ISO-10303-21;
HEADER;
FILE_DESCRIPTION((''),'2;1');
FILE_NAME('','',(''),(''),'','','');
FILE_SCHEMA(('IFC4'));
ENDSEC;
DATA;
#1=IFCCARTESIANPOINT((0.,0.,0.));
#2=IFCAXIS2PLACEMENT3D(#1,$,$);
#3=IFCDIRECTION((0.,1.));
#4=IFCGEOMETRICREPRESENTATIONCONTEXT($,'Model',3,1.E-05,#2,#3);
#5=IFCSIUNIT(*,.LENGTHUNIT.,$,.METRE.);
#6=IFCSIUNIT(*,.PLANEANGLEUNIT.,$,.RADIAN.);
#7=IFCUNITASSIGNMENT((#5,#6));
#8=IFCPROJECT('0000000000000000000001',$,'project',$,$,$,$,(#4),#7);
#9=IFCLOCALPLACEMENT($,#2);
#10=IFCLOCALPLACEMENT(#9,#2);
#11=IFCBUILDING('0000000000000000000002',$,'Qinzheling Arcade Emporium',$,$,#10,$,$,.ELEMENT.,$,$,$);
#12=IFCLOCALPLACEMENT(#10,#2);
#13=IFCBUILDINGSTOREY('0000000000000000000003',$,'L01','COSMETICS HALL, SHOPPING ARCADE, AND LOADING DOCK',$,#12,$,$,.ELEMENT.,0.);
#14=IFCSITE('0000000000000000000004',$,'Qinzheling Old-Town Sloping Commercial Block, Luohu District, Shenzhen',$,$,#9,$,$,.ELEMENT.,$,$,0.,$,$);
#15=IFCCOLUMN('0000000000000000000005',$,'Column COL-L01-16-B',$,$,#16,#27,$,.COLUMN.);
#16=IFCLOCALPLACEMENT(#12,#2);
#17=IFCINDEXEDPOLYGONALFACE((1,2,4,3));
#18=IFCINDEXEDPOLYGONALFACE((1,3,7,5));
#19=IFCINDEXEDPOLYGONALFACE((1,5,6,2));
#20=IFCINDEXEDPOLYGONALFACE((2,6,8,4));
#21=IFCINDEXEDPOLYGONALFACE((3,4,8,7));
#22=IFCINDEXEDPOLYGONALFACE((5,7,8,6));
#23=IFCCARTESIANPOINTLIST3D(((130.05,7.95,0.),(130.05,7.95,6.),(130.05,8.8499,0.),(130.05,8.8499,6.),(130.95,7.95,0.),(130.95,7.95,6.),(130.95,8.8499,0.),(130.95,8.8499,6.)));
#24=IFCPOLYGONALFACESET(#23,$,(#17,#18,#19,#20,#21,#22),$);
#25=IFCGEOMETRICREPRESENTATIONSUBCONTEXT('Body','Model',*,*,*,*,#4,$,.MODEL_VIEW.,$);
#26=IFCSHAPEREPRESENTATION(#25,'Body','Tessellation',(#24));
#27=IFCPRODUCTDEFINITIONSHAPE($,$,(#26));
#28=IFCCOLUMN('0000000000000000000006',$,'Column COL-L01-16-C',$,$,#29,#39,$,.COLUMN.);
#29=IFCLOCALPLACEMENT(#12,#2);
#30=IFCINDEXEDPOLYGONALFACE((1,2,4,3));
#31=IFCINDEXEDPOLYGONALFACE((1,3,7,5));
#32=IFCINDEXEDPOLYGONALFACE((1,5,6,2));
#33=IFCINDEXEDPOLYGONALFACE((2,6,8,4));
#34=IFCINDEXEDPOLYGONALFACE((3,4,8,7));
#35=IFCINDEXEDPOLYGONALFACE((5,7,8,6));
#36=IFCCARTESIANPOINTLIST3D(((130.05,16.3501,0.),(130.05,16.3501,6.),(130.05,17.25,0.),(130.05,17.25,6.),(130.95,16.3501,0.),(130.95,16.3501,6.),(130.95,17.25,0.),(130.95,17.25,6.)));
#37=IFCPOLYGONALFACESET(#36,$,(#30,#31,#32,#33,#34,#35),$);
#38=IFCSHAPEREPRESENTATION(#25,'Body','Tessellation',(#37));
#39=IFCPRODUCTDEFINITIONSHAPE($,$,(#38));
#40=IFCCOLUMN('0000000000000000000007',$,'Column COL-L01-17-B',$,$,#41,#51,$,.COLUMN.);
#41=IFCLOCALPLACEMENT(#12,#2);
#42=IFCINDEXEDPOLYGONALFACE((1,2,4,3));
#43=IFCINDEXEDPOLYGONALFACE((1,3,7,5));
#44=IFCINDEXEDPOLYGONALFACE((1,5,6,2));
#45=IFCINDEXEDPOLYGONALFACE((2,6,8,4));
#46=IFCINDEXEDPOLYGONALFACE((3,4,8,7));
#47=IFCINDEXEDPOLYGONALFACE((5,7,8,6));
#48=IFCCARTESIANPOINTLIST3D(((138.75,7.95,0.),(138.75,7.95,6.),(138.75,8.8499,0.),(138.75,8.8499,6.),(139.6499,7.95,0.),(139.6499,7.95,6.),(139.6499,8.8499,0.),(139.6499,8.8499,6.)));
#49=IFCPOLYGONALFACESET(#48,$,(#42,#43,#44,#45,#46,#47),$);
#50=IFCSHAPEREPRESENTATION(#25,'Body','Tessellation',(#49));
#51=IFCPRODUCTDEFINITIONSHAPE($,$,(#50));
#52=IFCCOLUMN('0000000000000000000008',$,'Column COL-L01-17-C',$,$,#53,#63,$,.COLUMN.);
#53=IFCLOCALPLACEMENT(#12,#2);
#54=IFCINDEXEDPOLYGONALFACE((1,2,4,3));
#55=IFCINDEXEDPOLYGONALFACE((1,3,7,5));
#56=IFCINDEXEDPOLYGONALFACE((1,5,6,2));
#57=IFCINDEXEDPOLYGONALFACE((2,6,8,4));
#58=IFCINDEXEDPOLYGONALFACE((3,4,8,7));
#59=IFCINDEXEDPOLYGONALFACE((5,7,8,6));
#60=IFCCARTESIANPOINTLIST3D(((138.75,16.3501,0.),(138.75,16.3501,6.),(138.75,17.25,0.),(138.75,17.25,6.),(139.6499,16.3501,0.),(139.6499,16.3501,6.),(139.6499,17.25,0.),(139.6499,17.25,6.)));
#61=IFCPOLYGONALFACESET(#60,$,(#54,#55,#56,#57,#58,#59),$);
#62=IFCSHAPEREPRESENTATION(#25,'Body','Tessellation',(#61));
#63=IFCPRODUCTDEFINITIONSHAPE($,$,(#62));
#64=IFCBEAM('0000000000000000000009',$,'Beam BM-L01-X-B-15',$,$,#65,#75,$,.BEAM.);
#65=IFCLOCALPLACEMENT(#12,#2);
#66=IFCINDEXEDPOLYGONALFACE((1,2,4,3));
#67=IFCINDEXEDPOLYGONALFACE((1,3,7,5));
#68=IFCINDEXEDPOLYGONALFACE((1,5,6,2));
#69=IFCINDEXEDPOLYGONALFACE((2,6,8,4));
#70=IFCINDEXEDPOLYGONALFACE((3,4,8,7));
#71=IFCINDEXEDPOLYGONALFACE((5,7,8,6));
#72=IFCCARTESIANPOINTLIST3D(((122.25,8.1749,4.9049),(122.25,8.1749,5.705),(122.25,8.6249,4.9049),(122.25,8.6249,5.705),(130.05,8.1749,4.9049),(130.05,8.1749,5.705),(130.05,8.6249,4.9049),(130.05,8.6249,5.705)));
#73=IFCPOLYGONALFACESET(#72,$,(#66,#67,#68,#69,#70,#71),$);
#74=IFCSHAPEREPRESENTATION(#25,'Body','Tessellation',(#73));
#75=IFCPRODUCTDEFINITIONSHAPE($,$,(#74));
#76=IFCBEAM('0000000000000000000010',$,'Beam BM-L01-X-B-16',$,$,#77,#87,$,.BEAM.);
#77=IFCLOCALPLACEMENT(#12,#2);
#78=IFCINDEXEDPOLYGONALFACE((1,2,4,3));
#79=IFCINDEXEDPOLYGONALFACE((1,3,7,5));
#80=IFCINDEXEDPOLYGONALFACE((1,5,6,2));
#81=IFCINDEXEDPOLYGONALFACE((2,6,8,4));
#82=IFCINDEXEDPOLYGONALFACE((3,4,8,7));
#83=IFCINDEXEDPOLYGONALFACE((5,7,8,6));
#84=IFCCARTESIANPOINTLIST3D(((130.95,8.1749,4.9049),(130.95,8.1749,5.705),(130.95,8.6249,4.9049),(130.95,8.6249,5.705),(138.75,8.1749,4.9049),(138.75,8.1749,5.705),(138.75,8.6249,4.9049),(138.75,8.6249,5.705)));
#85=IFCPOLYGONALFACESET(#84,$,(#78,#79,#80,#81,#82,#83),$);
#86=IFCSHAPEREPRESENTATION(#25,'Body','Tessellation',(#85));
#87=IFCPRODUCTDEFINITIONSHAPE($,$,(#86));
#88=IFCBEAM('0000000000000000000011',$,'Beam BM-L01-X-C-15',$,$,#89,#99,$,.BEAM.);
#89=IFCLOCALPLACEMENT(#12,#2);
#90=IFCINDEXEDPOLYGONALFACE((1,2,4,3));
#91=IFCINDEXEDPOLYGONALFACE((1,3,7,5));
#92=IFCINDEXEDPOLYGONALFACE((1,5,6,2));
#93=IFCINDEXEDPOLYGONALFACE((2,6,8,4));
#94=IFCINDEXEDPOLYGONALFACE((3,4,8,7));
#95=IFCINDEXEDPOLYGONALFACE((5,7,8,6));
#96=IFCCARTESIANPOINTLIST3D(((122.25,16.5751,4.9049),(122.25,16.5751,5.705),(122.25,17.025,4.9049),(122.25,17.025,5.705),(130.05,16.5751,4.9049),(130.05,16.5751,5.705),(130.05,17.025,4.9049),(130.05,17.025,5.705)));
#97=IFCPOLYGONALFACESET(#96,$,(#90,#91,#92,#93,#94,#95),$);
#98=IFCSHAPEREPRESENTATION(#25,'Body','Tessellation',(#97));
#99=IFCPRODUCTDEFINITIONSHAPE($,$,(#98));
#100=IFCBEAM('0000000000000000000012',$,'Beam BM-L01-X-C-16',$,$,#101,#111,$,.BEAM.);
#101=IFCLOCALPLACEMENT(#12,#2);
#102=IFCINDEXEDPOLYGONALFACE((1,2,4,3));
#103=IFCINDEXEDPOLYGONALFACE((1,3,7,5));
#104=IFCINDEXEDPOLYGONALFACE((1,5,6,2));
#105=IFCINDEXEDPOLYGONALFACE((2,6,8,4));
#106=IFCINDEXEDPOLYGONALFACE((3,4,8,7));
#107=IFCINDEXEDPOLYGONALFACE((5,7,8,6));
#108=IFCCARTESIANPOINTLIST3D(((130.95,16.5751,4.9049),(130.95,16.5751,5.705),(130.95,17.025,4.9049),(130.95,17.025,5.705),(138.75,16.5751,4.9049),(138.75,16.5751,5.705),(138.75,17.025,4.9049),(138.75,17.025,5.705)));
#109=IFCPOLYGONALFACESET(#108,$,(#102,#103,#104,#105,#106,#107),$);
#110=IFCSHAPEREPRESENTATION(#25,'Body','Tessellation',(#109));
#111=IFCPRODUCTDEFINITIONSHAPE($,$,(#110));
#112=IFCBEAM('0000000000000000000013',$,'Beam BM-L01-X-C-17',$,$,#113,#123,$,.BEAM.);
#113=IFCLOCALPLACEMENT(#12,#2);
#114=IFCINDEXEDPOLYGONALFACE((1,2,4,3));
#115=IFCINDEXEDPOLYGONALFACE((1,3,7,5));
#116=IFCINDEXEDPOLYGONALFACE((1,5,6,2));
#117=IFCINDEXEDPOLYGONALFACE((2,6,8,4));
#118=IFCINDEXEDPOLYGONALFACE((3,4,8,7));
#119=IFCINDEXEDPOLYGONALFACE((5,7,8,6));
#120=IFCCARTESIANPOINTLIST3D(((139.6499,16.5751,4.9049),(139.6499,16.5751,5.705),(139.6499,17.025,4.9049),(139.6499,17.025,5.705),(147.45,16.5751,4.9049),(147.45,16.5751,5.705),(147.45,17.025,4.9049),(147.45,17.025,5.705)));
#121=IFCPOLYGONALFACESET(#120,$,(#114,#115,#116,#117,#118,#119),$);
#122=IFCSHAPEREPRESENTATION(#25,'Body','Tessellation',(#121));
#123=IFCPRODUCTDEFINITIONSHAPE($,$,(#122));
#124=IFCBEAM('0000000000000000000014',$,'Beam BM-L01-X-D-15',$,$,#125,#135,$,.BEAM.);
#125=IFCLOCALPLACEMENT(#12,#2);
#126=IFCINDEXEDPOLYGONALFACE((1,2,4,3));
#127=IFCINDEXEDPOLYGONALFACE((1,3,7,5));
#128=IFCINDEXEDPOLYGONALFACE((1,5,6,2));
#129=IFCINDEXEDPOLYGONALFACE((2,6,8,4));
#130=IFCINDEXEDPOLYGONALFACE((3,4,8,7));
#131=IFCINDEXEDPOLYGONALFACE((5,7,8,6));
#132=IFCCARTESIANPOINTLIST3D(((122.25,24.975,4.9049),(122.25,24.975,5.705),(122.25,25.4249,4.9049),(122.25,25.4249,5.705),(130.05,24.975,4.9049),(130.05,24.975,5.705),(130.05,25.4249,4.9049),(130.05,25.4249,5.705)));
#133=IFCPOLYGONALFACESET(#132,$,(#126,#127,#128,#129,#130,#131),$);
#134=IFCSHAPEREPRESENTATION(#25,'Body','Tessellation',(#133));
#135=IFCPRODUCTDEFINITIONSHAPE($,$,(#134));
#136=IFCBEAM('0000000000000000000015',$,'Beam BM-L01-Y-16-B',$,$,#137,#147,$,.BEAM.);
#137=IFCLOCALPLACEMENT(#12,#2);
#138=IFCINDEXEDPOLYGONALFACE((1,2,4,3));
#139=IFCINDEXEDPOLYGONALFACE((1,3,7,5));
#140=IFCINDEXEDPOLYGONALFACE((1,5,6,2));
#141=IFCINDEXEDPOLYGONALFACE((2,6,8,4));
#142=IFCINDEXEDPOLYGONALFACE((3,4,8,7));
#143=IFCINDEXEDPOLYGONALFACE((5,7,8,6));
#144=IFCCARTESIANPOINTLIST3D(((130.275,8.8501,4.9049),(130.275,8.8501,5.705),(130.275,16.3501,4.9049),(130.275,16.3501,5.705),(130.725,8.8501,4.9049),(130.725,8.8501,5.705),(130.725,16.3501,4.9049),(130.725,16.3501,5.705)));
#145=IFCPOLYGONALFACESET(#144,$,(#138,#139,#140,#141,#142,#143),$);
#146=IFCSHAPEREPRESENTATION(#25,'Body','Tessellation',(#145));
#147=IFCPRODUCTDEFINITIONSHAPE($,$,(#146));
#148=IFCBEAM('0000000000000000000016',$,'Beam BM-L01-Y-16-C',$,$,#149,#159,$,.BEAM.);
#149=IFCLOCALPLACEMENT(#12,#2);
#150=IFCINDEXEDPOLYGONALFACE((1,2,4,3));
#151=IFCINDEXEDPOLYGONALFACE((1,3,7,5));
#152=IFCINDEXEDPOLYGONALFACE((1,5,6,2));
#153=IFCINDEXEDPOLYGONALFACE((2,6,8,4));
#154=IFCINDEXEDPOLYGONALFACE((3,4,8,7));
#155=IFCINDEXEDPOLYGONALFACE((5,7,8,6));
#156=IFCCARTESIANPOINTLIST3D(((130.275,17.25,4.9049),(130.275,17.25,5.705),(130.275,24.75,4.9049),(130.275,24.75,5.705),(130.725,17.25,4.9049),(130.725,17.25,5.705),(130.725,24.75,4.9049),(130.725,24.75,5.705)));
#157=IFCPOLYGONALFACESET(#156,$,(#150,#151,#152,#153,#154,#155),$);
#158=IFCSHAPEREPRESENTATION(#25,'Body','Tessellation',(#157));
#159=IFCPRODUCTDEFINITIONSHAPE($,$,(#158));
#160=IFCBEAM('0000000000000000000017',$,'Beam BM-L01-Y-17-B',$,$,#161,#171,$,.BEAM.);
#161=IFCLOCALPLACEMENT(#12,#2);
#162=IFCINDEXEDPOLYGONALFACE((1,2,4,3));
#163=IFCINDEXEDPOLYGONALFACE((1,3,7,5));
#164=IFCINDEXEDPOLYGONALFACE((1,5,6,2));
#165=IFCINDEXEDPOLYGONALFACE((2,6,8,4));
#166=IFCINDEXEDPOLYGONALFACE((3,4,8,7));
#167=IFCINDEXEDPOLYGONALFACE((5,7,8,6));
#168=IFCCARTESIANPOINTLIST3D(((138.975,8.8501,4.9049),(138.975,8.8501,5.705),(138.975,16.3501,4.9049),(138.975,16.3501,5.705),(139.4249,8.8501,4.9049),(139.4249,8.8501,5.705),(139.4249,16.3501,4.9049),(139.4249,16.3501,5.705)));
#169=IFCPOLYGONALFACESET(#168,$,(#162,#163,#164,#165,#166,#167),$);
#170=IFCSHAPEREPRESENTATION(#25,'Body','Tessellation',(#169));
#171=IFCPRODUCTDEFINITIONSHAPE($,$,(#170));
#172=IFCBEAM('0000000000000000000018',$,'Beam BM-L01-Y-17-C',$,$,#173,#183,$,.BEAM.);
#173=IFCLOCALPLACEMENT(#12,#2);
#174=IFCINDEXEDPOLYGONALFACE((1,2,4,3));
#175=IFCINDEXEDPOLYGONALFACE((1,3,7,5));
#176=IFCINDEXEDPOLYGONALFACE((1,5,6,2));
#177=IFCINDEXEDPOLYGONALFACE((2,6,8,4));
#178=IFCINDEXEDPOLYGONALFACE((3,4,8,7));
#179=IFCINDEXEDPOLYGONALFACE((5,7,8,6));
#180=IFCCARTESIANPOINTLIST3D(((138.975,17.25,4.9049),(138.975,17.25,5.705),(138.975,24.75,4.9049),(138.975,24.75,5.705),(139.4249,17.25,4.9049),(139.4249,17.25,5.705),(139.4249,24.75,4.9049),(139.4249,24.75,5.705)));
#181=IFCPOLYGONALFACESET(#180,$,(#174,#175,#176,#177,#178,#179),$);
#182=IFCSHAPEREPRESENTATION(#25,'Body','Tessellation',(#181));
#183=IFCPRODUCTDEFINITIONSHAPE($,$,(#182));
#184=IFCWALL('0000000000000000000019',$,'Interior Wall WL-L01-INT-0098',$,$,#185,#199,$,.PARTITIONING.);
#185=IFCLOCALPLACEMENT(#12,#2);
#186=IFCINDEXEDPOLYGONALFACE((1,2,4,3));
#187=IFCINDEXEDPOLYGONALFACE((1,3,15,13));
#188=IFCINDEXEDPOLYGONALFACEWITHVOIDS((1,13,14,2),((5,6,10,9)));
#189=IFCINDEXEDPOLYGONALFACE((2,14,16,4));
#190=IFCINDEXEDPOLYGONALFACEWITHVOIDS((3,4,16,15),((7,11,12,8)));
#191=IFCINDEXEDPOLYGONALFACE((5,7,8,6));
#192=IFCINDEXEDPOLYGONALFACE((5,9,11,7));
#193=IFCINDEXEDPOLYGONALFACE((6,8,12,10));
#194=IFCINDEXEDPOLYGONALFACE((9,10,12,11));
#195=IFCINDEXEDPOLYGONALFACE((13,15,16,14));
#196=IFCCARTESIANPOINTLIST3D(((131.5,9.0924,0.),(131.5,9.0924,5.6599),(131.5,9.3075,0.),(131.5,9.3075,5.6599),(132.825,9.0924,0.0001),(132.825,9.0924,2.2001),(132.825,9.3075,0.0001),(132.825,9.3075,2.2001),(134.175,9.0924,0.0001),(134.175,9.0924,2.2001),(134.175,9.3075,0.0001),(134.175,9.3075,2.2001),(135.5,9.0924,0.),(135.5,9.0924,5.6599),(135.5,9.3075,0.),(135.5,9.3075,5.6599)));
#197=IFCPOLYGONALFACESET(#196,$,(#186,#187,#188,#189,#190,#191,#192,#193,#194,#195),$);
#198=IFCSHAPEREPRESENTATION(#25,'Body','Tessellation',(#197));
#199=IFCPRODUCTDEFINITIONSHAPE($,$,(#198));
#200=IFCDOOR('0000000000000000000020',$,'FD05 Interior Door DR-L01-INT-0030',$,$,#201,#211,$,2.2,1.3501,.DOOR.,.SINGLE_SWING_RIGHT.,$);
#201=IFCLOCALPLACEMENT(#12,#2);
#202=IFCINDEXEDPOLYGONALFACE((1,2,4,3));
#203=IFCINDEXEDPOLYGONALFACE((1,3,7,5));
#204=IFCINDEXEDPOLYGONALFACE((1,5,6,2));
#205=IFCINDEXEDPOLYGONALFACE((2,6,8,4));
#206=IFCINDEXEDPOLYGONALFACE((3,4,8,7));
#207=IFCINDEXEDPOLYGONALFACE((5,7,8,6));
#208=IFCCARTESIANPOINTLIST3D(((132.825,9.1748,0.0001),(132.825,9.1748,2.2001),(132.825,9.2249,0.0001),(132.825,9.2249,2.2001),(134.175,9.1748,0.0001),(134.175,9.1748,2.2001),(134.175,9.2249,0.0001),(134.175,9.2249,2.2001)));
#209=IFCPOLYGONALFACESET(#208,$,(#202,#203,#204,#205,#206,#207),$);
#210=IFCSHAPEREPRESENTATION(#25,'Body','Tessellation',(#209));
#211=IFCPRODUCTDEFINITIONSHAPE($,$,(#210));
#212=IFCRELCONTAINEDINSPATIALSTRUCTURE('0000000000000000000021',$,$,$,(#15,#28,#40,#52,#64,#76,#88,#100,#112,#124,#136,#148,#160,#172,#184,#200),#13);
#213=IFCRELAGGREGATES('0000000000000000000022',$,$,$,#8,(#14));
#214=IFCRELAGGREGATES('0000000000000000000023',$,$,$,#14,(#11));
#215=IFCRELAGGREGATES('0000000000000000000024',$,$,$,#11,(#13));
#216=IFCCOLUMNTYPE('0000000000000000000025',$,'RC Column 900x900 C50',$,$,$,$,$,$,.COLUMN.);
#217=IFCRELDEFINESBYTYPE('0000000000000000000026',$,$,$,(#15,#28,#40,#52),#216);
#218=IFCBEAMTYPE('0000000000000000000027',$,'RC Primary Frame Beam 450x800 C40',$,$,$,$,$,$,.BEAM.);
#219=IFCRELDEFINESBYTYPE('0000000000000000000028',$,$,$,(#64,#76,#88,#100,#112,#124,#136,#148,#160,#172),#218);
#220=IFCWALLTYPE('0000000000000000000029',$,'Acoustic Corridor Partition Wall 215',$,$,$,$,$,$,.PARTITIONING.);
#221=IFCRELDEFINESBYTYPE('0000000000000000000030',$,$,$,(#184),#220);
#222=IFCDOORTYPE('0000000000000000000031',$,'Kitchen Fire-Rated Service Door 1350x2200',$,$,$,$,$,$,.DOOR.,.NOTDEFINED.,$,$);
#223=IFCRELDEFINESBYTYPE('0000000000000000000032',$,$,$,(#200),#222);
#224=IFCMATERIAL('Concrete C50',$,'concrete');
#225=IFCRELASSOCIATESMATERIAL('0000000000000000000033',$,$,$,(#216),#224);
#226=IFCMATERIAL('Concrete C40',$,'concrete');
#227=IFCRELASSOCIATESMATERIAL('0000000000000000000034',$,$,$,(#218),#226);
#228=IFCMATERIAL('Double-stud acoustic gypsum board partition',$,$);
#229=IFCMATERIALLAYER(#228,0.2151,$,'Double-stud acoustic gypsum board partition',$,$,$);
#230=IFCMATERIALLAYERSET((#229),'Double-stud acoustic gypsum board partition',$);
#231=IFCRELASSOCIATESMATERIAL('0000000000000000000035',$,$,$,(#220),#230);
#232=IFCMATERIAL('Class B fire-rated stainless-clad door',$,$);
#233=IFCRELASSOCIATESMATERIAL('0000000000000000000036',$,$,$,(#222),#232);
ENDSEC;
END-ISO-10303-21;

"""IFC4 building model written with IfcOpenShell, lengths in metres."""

from ifc_helpers import new_model, si_unit, direction, frame, frame_2d, origin, origin_2d, place, context, subcontext, project, spatial, rectangle, extrude, material, layer, layer_set, material_profile, profile_set, type_object, element, fill, save


model = new_model("IFC4")

# Units and contexts
model_context = context("Model", 3, precision=1e-05, world=origin(), true_north=direction((0.0, 1.0)))
body_context = subcontext(model_context, "Body", "Model", "MODEL_VIEW")
ifc_project = project(units=[si_unit("LENGTHUNIT", "METRE"), si_unit("PLANEANGLEUNIT", "RADIAN")], contexts=[model_context])

# Site, building, storey
site_placement = place(None, origin())
site = spatial("IfcSite", under=ifc_project, at=site_placement, Name="Qinzheling Old-Town Sloping Commercial Block, Luohu District, Shenzhen", CompositionType="ELEMENT", RefElevation=0.0)
building_placement = place(site_placement, origin())
building = spatial("IfcBuilding", under=site, at=building_placement, Name="Qinzheling Arcade Emporium", CompositionType="ELEMENT")
storey_placement = place(building_placement, origin())
storey = spatial("IfcBuildingStorey", under=building, at=storey_placement, Name="L01", Description="COSMETICS HALL, SHOPPING ARCADE, AND LOADING DOCK", CompositionType="ELEMENT", Elevation=0.0)

# Columns
ifc_material_1 = material(Name="Concrete C50", Category="concrete")
ifc_material_profile_1 = material_profile(ifc_material_1, rectangle(XDim=0.8999, YDim=0.8999, at=origin_2d()), Name="RC 900x900", Category="concrete")
ifc_profile_set_1 = profile_set([ifc_material_profile_1], Name="Concrete C50")
column_type = type_object("IfcColumnType", Name="RC Column 900x900 C50", PredefinedType="COLUMN", material=ifc_profile_set_1)
for number, where, z_axis, x_axis, name in (
    (1, (130.5, 8.3999, 0.0), (0.0, 0.0, 1.0), (1.0, 0.0, 0.0), "Column COL-L01-16-B"),
    (2, (130.5, 16.8, 0.0), (0.0, 0.0, 1.0), (1.0, 0.0, 0.0), "Column COL-L01-16-C"),
    (3, (139.2, 8.3999, 0.0), (0.0, 0.0, 1.0), (1.0, 0.0, 0.0), "Column COL-L01-17-B"),
    (4, (139.2, 16.8, 0.0), (0.0, 0.0, 1.0), (1.0, 0.0, 0.0), "Column COL-L01-17-C"),
):
    element("IfcColumn", number, at=place(storey_placement, frame(where, z_axis=z_axis, x_axis=x_axis)), inside=storey, type_object=column_type, Name=name, PredefinedType="COLUMN", context=body_context, shape_type="SweptSolid", body=[
        extrude(rectangle(XDim=0.8999, YDim=0.8999, at=origin_2d()), origin(), (0.0, 0.0, 1.0), 6.0),
    ])

# Beams
ifc_material_2 = material(Name="Concrete C40", Category="concrete")
ifc_material_profile_2 = material_profile(ifc_material_2, rectangle(XDim=0.45, YDim=0.8, at=origin_2d()), Name="RC 450x800", Category="concrete")
ifc_profile_set_2 = profile_set([ifc_material_profile_2], Name="Concrete C40")
beam_type = type_object("IfcBeamType", Name="RC Primary Frame Beam 450x800 C40", PredefinedType="BEAM", material=ifc_profile_set_2)
for number, where, z_axis, x_axis, name in (
    (5, (122.25, 8.3999, 5.3049), (1.0, 0.0, 0.0), (0.0, 1.0, 0.0), "Beam BM-L01-X-B-15"),
    (6, (130.95, 8.3999, 5.3049), (1.0, 0.0, 0.0), (0.0, 1.0, 0.0), "Beam BM-L01-X-B-16"),
    (7, (122.25, 16.8, 5.3049), (1.0, 0.0, 0.0), (0.0, 1.0, 0.0), "Beam BM-L01-X-C-15"),
    (8, (130.95, 16.8, 5.3049), (1.0, 0.0, 0.0), (0.0, 1.0, 0.0), "Beam BM-L01-X-C-16"),
    (9, (139.6499, 16.8, 5.3049), (1.0, 0.0, 0.0), (0.0, 1.0, 0.0), "Beam BM-L01-X-C-17"),
    (10, (122.25, 25.2, 5.3049), (1.0, 0.0, 0.0), (0.0, 1.0, 0.0), "Beam BM-L01-X-D-15"),
):
    element("IfcBeam", number, at=place(storey_placement, frame(where, z_axis=z_axis, x_axis=x_axis)), inside=storey, type_object=beam_type, Name=name, PredefinedType="BEAM", context=body_context, shape_type="SweptSolid", body=[
        extrude(rectangle(XDim=0.45, YDim=0.8, at=origin_2d()), origin(), (0.0, 0.0, 1.0), 7.8),
    ])
for number, where, z_axis, x_axis, name in (
    (11, (130.5, 8.8501, 5.3049), (0.0, 1.0, 0.0), (-1.0, 0.0, 0.0), "Beam BM-L01-Y-16-B"),
    (12, (130.5, 17.25, 5.3049), (0.0, 1.0, 0.0), (-1.0, 0.0, 0.0), "Beam BM-L01-Y-16-C"),
    (13, (139.2, 8.8501, 5.3049), (0.0, 1.0, 0.0), (-1.0, 0.0, 0.0), "Beam BM-L01-Y-17-B"),
    (14, (139.2, 17.25, 5.3049), (0.0, 1.0, 0.0), (-1.0, 0.0, 0.0), "Beam BM-L01-Y-17-C"),
):
    element("IfcBeam", number, at=place(storey_placement, frame(where, z_axis=z_axis, x_axis=x_axis)), inside=storey, type_object=beam_type, Name=name, PredefinedType="BEAM", context=body_context, shape_type="SweptSolid", body=[
        extrude(rectangle(XDim=0.45, YDim=0.8, at=origin_2d()), origin(), (0.0, 0.0, 1.0), 7.5),
    ])

# Wall, opening, door
ifc_material_3 = material(Name="Double-stud acoustic gypsum board partition")
ifc_layer_1 = layer(ifc_material_3, 0.2151, Name="Double-stud acoustic gypsum board partition")
ifc_layer_set_1 = layer_set([ifc_layer_1], Name="Double-stud acoustic gypsum board partition")
wall_type_1 = type_object("IfcWallType", Name="Acoustic Corridor Partition Wall 215", PredefinedType="PARTITIONING", material=ifc_layer_set_1)
wall_1_placement = place(storey_placement, frame((131.5, 9.2, 0.0), z_axis=(0.0, 0.0, 1.0), x_axis=(1.0, 0.0, 0.0)))
wall_1 = element("IfcWall", 15, at=wall_1_placement, inside=storey, type_object=wall_type_1, Name="Interior Wall WL-L01-INT-0098", PredefinedType="PARTITIONING", context=body_context, shape_type="SweptSolid", body=[
    extrude(rectangle(XDim=4.0, YDim=0.2151, at=frame_2d((2.0, 0.0))), origin(), (0.0, 0.0, 1.0), 5.6599),
])
opening_1_placement = place(wall_1_placement, frame((1.325, 0.0, 0.0)))
opening_1 = element("IfcOpeningElement", 16, at=opening_1_placement, cuts=wall_1, PredefinedType="OPENING", context=body_context, shape_type="SweptSolid", body=[
    extrude(rectangle(XDim=1.3501, YDim=2.2, at=frame_2d((0.675, 1.1001))), frame((0.0, 0.1177, 0.0), z_axis=(0.0, -1.0, 0.0), x_axis=(1.0, 0.0, 0.0)), (0.0, 0.0, 1.0), 0.2351),
])
ifc_material_4 = material(Name="Class B fire-rated stainless-clad door")
door_type_1 = type_object("IfcDoorType", Name="Kitchen Fire-Rated Service Door 1350x2200", OperationType="NOTDEFINED", PredefinedType="DOOR", material=ifc_material_4)
door_1_placement = place(opening_1_placement, origin())
door_1 = element("IfcDoor", 17, at=door_1_placement, inside=storey, type_object=door_type_1, Name="FD05 Interior Door DR-L01-INT-0030", OperationType="SINGLE_SWING_RIGHT", OverallHeight=2.2, OverallWidth=1.3501, PredefinedType="DOOR", context=body_context, shape_type="SweptSolid", body=[
    extrude(rectangle(XDim=1.3501, YDim=2.2, at=frame_2d((0.675, 1.1001))), frame((0.0, 0.0249, 0.0), z_axis=(0.0, -1.0, 0.0), x_axis=(1.0, 0.0, 0.0)), (0.0, 0.0, 1.0), 0.05),
])
fill(opening_1, door_1)

save(model, "model.ifc")
